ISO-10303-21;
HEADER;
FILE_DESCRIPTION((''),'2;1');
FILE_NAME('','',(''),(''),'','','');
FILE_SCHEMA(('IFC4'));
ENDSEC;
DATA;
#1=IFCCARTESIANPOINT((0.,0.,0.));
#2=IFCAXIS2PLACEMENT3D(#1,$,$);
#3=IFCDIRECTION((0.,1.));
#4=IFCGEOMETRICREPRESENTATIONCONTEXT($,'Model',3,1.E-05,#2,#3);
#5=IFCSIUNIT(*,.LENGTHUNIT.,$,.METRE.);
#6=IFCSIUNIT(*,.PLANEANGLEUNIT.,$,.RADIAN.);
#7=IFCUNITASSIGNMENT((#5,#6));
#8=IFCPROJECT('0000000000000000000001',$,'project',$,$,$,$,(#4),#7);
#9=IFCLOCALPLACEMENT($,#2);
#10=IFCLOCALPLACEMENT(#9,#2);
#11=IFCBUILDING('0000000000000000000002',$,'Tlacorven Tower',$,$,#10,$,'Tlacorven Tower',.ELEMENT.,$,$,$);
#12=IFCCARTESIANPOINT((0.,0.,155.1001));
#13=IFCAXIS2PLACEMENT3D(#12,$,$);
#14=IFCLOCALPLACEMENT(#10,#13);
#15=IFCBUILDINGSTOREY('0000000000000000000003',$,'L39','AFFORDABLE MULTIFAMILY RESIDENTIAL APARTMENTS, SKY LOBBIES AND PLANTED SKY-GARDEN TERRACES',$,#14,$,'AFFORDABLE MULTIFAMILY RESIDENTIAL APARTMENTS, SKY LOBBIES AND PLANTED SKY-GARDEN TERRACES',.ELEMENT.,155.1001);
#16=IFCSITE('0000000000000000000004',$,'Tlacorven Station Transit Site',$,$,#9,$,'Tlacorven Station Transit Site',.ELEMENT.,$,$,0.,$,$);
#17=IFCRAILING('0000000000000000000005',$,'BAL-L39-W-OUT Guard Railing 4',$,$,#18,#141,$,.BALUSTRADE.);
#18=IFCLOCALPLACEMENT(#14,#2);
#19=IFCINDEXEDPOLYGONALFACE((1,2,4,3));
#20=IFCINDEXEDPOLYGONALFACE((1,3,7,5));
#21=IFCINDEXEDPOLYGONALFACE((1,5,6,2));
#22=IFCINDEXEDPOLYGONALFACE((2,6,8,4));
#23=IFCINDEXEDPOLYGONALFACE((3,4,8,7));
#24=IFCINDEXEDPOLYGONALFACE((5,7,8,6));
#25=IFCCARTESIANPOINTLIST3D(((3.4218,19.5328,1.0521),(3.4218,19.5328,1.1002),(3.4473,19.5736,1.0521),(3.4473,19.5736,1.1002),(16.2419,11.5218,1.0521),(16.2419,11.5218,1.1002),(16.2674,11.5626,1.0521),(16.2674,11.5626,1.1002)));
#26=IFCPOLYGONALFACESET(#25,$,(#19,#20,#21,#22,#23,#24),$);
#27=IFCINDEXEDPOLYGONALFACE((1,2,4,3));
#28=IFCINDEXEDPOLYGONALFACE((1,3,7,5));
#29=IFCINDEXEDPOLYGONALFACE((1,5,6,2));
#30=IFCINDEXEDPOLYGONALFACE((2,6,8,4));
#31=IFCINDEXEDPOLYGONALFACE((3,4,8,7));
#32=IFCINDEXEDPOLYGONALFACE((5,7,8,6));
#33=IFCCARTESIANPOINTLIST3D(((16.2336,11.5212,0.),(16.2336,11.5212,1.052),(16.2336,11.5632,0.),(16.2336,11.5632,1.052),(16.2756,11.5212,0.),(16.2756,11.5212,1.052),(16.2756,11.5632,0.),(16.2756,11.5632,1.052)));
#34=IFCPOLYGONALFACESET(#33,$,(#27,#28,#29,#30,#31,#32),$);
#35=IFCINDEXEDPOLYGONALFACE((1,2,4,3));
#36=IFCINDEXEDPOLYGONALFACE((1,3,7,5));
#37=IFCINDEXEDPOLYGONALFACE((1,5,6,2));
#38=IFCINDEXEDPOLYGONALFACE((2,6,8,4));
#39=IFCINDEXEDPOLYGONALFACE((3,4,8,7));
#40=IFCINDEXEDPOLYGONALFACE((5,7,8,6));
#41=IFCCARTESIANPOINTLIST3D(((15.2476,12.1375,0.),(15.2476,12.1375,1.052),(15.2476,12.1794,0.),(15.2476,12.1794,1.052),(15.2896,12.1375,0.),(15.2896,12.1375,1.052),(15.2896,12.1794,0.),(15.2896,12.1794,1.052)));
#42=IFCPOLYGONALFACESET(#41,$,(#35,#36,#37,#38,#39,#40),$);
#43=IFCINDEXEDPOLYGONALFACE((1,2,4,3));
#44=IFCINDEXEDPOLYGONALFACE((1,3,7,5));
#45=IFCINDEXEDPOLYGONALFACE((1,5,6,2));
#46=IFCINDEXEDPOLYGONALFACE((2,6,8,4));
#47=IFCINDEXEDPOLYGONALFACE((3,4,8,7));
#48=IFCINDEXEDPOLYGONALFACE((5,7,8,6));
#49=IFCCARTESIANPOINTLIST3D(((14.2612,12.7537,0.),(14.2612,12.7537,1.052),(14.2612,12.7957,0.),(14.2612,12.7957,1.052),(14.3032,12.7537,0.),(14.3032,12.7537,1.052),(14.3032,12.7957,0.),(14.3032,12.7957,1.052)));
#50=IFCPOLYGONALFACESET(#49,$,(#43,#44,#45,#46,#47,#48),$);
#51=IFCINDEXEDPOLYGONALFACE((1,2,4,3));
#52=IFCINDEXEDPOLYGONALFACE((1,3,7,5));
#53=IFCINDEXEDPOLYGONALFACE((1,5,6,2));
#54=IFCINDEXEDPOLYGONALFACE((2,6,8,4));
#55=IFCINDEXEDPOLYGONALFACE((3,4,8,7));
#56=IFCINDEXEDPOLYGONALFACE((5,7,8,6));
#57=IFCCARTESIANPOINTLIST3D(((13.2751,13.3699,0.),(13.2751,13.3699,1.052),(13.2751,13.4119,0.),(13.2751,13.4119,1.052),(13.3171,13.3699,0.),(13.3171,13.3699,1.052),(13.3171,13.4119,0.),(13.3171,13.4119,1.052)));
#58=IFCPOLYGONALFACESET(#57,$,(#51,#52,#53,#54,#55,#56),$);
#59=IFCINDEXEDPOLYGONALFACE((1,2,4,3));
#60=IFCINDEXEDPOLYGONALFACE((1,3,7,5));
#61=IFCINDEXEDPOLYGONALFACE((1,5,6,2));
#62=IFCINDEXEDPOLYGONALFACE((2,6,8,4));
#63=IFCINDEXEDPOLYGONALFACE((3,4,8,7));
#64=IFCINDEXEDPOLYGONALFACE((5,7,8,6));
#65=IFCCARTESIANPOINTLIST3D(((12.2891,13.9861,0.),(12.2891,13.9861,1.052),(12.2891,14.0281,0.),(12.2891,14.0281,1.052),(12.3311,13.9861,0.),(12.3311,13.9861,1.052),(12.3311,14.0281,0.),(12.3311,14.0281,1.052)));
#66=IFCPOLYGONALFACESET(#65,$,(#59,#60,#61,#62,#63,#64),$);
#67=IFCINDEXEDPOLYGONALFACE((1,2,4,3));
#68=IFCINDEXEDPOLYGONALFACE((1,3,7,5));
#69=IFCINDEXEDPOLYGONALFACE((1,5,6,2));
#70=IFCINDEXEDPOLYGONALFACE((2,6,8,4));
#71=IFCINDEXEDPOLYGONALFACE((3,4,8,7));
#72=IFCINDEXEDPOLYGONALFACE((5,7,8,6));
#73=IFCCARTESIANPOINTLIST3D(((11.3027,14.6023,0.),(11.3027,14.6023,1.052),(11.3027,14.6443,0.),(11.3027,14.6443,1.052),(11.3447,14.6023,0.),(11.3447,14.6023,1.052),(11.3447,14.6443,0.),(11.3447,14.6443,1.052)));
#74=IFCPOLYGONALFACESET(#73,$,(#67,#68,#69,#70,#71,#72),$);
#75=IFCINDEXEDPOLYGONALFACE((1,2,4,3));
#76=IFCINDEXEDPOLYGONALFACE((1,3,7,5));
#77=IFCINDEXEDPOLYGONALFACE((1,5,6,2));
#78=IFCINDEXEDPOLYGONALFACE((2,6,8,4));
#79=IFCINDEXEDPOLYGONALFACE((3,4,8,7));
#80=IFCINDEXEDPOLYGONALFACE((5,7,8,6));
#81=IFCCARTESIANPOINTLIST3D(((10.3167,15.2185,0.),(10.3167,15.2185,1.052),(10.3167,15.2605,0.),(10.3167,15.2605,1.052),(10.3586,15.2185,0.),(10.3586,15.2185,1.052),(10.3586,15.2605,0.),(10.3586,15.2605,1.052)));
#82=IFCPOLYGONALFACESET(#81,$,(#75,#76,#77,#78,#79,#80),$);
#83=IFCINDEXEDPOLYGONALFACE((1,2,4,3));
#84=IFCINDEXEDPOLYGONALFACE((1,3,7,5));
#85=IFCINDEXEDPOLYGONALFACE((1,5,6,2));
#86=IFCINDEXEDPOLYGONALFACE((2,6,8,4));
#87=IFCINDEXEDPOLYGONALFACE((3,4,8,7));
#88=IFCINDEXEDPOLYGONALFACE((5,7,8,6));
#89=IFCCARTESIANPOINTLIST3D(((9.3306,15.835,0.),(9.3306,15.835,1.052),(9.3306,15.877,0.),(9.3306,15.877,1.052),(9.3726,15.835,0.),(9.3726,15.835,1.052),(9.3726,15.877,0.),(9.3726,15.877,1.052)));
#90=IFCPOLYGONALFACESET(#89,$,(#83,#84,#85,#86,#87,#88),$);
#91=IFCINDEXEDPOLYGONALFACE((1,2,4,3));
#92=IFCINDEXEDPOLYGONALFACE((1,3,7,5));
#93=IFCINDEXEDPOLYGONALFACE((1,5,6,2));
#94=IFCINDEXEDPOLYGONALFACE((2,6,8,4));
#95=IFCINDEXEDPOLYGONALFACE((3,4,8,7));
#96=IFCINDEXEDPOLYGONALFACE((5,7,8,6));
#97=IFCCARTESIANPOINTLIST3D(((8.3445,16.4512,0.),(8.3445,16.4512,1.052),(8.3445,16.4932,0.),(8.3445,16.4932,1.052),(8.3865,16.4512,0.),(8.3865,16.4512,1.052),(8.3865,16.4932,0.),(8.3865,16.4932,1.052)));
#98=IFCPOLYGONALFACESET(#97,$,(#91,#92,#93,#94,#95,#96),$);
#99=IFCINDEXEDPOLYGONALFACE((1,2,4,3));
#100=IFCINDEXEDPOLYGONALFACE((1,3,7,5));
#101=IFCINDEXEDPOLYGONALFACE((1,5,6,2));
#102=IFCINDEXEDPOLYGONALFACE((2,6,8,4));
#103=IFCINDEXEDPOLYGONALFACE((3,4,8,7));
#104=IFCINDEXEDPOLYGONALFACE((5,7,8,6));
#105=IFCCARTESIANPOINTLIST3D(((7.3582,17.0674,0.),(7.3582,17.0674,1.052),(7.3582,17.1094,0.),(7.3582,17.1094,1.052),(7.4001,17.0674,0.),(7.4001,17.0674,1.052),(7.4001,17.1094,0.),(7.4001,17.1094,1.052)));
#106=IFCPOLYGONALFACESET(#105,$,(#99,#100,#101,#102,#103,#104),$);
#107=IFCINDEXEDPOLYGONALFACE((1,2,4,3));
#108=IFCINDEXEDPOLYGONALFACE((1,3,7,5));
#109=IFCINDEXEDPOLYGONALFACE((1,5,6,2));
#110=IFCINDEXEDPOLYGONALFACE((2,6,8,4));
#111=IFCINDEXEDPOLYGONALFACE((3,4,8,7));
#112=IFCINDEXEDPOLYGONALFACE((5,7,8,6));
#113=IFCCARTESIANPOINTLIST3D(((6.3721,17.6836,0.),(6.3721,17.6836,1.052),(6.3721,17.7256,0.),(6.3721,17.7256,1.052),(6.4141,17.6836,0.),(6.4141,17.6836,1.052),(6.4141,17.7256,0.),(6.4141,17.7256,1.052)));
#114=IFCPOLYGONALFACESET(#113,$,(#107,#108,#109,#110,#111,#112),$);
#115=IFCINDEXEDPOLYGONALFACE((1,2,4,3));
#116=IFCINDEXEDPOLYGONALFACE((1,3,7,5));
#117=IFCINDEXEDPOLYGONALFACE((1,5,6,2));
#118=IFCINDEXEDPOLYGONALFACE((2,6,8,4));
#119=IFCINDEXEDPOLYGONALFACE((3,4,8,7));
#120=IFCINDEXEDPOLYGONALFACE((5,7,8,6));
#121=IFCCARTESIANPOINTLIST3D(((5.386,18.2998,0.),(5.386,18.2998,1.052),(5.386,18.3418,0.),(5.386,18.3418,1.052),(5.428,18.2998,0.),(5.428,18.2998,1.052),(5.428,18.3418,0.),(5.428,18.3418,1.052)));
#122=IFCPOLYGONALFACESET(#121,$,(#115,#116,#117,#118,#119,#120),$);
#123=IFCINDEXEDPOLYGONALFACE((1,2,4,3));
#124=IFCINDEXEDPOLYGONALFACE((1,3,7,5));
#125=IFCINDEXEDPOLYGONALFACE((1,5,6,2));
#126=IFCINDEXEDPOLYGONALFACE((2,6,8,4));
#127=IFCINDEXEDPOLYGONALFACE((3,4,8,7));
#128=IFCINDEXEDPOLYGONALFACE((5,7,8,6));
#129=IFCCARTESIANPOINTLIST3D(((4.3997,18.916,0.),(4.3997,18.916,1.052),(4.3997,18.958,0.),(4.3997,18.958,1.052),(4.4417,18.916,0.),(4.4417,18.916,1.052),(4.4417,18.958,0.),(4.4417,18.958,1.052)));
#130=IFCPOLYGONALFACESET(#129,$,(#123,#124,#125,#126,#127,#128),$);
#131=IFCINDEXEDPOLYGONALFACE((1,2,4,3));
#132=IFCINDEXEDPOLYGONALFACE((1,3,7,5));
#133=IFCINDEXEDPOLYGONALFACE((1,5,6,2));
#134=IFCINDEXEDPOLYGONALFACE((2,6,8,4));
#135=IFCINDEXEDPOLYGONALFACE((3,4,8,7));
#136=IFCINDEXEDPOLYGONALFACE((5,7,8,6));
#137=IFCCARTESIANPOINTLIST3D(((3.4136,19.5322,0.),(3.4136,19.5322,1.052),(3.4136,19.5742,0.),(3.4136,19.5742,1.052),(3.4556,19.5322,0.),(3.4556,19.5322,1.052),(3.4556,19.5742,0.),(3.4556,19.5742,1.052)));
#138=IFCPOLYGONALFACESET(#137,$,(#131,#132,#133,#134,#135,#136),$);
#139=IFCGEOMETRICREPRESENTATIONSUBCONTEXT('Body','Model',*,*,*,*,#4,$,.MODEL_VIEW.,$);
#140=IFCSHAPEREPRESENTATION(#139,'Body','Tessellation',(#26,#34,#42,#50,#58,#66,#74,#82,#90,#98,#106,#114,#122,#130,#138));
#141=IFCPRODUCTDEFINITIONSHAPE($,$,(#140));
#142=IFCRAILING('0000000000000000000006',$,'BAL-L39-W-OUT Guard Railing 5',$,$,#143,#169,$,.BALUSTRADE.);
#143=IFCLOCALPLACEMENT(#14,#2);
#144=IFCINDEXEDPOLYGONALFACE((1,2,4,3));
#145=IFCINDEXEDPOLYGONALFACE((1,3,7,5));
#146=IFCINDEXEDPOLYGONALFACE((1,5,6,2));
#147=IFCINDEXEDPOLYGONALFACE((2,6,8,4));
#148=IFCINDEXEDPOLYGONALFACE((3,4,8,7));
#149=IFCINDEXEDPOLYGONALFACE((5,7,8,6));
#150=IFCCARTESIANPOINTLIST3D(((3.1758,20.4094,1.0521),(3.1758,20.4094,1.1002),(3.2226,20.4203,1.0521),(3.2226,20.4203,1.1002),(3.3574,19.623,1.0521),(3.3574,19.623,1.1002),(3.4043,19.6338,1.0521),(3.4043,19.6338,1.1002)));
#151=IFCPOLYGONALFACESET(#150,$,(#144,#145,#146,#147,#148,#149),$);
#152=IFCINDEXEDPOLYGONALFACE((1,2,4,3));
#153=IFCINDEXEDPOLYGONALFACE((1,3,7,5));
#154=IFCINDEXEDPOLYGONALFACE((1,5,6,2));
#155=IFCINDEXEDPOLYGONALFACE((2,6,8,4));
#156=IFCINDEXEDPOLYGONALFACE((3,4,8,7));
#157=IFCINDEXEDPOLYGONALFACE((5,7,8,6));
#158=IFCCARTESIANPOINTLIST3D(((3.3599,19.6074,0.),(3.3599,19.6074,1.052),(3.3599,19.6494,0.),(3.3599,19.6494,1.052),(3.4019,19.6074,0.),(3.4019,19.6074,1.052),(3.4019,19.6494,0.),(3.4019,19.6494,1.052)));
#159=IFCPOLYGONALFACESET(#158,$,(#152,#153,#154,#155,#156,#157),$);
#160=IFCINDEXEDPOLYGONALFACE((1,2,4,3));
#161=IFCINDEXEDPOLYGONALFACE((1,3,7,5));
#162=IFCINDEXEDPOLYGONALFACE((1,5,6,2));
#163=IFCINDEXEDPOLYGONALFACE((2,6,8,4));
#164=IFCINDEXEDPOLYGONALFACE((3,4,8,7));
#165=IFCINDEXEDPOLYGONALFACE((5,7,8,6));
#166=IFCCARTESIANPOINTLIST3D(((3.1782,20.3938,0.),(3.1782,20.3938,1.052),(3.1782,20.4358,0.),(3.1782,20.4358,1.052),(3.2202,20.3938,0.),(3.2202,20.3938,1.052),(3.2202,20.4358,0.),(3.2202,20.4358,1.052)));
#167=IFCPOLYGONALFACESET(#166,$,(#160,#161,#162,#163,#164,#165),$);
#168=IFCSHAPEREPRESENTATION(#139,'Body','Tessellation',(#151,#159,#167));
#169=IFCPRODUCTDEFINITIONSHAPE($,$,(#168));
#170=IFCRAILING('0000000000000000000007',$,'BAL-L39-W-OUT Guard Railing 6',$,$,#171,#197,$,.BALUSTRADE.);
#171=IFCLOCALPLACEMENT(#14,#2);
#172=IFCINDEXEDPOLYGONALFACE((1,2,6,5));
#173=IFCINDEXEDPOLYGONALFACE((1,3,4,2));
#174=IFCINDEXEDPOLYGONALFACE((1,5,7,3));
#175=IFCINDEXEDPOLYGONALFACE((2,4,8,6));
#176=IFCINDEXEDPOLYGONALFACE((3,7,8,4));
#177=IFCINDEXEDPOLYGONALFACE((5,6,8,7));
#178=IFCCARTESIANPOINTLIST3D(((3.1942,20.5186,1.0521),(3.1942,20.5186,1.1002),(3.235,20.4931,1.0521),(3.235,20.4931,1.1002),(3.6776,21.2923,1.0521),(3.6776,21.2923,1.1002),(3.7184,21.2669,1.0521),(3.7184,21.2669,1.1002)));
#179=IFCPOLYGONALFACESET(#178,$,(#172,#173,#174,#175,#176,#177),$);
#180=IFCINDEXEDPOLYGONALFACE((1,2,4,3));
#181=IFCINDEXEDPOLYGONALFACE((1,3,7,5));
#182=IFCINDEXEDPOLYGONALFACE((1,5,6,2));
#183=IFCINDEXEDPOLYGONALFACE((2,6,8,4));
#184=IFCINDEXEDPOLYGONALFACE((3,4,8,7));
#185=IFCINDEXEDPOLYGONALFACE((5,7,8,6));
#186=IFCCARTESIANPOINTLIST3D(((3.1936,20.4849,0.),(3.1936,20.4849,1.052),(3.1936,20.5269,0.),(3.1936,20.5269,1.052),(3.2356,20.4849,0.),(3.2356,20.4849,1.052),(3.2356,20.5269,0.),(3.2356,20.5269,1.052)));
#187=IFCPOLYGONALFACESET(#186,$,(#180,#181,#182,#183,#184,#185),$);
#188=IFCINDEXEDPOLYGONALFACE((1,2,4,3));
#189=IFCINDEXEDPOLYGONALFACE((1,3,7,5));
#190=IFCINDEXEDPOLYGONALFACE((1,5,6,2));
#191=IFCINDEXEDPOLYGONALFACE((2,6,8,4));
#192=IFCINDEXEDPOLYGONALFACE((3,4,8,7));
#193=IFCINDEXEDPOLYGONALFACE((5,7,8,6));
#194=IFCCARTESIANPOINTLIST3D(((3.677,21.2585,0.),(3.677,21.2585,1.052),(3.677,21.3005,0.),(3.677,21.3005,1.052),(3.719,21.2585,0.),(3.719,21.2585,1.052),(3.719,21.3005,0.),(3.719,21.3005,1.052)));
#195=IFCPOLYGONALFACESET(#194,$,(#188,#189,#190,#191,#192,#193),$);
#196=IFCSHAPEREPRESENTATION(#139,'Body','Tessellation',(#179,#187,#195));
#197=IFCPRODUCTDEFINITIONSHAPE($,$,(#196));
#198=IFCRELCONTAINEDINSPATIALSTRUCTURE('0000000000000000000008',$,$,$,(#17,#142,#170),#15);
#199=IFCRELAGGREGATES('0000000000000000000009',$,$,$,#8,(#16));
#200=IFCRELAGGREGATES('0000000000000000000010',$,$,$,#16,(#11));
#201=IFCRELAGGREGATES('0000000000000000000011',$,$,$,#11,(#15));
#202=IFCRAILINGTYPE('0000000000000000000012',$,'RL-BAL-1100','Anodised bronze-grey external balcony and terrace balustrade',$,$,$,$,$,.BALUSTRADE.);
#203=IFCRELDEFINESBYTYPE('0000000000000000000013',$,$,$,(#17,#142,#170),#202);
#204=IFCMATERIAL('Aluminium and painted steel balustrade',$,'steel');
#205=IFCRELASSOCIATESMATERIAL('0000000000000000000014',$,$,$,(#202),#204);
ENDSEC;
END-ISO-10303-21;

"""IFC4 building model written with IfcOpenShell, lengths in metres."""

from ifc_helpers import new_model, si_unit, direction, frame, origin, origin_2d, place, context, subcontext, project, spatial, rectangle, extrude, source, transform, mapped, material, type_object, element, save


model = new_model("IFC4")

# Units and contexts
model_context = context("Model", 3, precision=1e-05, world=origin(), true_north=direction((0.0, 1.0)))
body_context = subcontext(model_context, "Body", "Model", "MODEL_VIEW")
ifc_project = project(units=[si_unit("LENGTHUNIT", "METRE"), si_unit("PLANEANGLEUNIT", "RADIAN")], contexts=[model_context])

# Site, building, storey
site_placement = place(None, origin())
site = spatial("IfcSite", under=ifc_project, at=site_placement, Name="Tlacorven Station Transit Site", LongName="Tlacorven Station Transit Site", CompositionType="ELEMENT", RefElevation=0.0)
building_placement = place(site_placement, origin())
building = spatial("IfcBuilding", under=site, at=building_placement, Name="Tlacorven Tower", LongName="Tlacorven Tower", CompositionType="ELEMENT")
storey_placement = place(building_placement, frame((0.0, 0.0, 155.1001)))
storey = spatial("IfcBuildingStorey", under=building, at=storey_placement, Name="L39", Description="AFFORDABLE MULTIFAMILY RESIDENTIAL APARTMENTS, SKY LOBBIES AND PLANTED SKY-GARDEN TERRACES", LongName="AFFORDABLE MULTIFAMILY RESIDENTIAL APARTMENTS, SKY LOBBIES AND PLANTED SKY-GARDEN TERRACES", CompositionType="ELEMENT", Elevation=155.1001)

# Railings
ifc_material_1 = material(Name="Aluminium and painted steel balustrade", Category="steel")
railing_type = type_object("IfcRailingType", Name="RL-BAL-1100", Description="Anodised bronze-grey external balcony and terrace balustrade", PredefinedType="BALUSTRADE", material=ifc_material_1)
shared_shape_1 = source(origin(), body_context, "Body", "SweptSolid", [
    extrude(rectangle(XDim=0.0481, YDim=0.0481, at=origin_2d()), frame((0.0, 0.0, 1.0762), z_axis=(-0.848045, 0.529925, 0.0), x_axis=(-0.529925, -0.848045, 0.0)), (0.0, 0.0, 1.0), 15.1172),
    extrude(rectangle(XDim=0.042, YDim=0.042, at=origin_2d()), origin(), (0.0, 0.0, 1.0), 1.052),
    extrude(rectangle(XDim=0.042, YDim=0.042, at=origin_2d()), frame((-0.9861, 0.6162, 0.0)), (0.0, 0.0, 1.0), 1.052),
    extrude(rectangle(XDim=0.042, YDim=0.042, at=origin_2d()), frame((-1.9724, 1.2324, 0.0)), (0.0, 0.0, 1.0), 1.052),
    extrude(rectangle(XDim=0.042, YDim=0.042, at=origin_2d()), frame((-2.9585, 1.8486, 0.0)), (0.0, 0.0, 1.0), 1.052),
    extrude(rectangle(XDim=0.042, YDim=0.042, at=origin_2d()), frame((-3.9446, 2.4648, 0.0)), (0.0, 0.0, 1.0), 1.052),
    extrude(rectangle(XDim=0.042, YDim=0.042, at=origin_2d()), frame((-4.9309, 3.0811, 0.0)), (0.0, 0.0, 1.0), 1.052),
    extrude(rectangle(XDim=0.042, YDim=0.042, at=origin_2d()), frame((-5.917, 3.6973, 0.0)), (0.0, 0.0, 1.0), 1.052),
    extrude(rectangle(XDim=0.042, YDim=0.042, at=origin_2d()), frame((-6.9031, 4.3137, 0.0)), (0.0, 0.0, 1.0), 1.052),
    extrude(rectangle(XDim=0.042, YDim=0.042, at=origin_2d()), frame((-7.8892, 4.9299, 0.0)), (0.0, 0.0, 1.0), 1.052),
    extrude(rectangle(XDim=0.042, YDim=0.042, at=origin_2d()), frame((-8.8755, 5.5461, 0.0)), (0.0, 0.0, 1.0), 1.052),
    extrude(rectangle(XDim=0.042, YDim=0.042, at=origin_2d()), frame((-9.8616, 6.1624, 0.0)), (0.0, 0.0, 1.0), 1.052),
    extrude(rectangle(XDim=0.042, YDim=0.042, at=origin_2d()), frame((-10.8477, 6.7786, 0.0)), (0.0, 0.0, 1.0), 1.052),
    extrude(rectangle(XDim=0.042, YDim=0.042, at=origin_2d()), frame((-11.834, 7.3948, 0.0)), (0.0, 0.0, 1.0), 1.052),
    extrude(rectangle(XDim=0.042, YDim=0.042, at=origin_2d()), frame((-12.8201, 8.011, 0.0)), (0.0, 0.0, 1.0), 1.052),
])
railing_1_placement = place(storey_placement, frame((16.2546, 11.5422, 0.0)))
element("IfcRailing", 1, at=railing_1_placement, inside=storey, type_object=railing_type, Name="BAL-L39-W-OUT Guard Railing 4", PredefinedType="BALUSTRADE", context=body_context, shape_type="MappedRepresentation", body=[
    mapped(shared_shape_1, transform((0.0, 0.0, 0.0), scale=1.0)),
])
shared_shape_2 = source(origin(), body_context, "Body", "SweptSolid", [
    extrude(rectangle(XDim=0.0481, YDim=0.0481, at=origin_2d()), frame((0.0, 0.0, 1.0762), z_axis=(-0.225058, 0.974345, 0.0), x_axis=(-0.974345, -0.225058, 0.0)), (0.0, 0.0, 1.0), 0.8071),
    extrude(rectangle(XDim=0.042, YDim=0.042, at=origin_2d()), origin(), (0.0, 0.0, 1.0), 1.052),
    extrude(rectangle(XDim=0.042, YDim=0.042, at=origin_2d()), frame((-0.1816, 0.7864, 0.0)), (0.0, 0.0, 1.0), 1.052),
])
railing_2_placement = place(storey_placement, frame((3.3809, 19.6284, 0.0)))
element("IfcRailing", 2, at=railing_2_placement, inside=storey, type_object=railing_type, Name="BAL-L39-W-OUT Guard Railing 5", PredefinedType="BALUSTRADE", context=body_context, shape_type="MappedRepresentation", body=[
    mapped(shared_shape_2, transform((0.0, 0.0, 0.0), scale=1.0)),
])
shared_shape_3 = source(origin(), body_context, "Body", "SweptSolid", [
    extrude(rectangle(XDim=0.0481, YDim=0.0481, at=origin_2d()), frame((0.0, 0.0, 1.0762), z_axis=(0.529879, 0.848073, 0.0), x_axis=(-0.848073, 0.529879, 0.0)), (0.0, 0.0, 1.0), 0.9124),
    extrude(rectangle(XDim=0.042, YDim=0.042, at=origin_2d()), origin(), (0.0, 0.0, 1.0), 1.052),
    extrude(rectangle(XDim=0.042, YDim=0.042, at=origin_2d()), frame((0.4834, 0.7737, 0.0)), (0.0, 0.0, 1.0), 1.052),
])
railing_3_placement = place(storey_placement, frame((3.2146, 20.5059, 0.0)))
element("IfcRailing", 3, at=railing_3_placement, inside=storey, type_object=railing_type, Name="BAL-L39-W-OUT Guard Railing 6", PredefinedType="BALUSTRADE", context=body_context, shape_type="MappedRepresentation", body=[
    mapped(shared_shape_3, transform((0.0, 0.0, 0.0), scale=1.0)),
])

save(model, "model.ifc")
